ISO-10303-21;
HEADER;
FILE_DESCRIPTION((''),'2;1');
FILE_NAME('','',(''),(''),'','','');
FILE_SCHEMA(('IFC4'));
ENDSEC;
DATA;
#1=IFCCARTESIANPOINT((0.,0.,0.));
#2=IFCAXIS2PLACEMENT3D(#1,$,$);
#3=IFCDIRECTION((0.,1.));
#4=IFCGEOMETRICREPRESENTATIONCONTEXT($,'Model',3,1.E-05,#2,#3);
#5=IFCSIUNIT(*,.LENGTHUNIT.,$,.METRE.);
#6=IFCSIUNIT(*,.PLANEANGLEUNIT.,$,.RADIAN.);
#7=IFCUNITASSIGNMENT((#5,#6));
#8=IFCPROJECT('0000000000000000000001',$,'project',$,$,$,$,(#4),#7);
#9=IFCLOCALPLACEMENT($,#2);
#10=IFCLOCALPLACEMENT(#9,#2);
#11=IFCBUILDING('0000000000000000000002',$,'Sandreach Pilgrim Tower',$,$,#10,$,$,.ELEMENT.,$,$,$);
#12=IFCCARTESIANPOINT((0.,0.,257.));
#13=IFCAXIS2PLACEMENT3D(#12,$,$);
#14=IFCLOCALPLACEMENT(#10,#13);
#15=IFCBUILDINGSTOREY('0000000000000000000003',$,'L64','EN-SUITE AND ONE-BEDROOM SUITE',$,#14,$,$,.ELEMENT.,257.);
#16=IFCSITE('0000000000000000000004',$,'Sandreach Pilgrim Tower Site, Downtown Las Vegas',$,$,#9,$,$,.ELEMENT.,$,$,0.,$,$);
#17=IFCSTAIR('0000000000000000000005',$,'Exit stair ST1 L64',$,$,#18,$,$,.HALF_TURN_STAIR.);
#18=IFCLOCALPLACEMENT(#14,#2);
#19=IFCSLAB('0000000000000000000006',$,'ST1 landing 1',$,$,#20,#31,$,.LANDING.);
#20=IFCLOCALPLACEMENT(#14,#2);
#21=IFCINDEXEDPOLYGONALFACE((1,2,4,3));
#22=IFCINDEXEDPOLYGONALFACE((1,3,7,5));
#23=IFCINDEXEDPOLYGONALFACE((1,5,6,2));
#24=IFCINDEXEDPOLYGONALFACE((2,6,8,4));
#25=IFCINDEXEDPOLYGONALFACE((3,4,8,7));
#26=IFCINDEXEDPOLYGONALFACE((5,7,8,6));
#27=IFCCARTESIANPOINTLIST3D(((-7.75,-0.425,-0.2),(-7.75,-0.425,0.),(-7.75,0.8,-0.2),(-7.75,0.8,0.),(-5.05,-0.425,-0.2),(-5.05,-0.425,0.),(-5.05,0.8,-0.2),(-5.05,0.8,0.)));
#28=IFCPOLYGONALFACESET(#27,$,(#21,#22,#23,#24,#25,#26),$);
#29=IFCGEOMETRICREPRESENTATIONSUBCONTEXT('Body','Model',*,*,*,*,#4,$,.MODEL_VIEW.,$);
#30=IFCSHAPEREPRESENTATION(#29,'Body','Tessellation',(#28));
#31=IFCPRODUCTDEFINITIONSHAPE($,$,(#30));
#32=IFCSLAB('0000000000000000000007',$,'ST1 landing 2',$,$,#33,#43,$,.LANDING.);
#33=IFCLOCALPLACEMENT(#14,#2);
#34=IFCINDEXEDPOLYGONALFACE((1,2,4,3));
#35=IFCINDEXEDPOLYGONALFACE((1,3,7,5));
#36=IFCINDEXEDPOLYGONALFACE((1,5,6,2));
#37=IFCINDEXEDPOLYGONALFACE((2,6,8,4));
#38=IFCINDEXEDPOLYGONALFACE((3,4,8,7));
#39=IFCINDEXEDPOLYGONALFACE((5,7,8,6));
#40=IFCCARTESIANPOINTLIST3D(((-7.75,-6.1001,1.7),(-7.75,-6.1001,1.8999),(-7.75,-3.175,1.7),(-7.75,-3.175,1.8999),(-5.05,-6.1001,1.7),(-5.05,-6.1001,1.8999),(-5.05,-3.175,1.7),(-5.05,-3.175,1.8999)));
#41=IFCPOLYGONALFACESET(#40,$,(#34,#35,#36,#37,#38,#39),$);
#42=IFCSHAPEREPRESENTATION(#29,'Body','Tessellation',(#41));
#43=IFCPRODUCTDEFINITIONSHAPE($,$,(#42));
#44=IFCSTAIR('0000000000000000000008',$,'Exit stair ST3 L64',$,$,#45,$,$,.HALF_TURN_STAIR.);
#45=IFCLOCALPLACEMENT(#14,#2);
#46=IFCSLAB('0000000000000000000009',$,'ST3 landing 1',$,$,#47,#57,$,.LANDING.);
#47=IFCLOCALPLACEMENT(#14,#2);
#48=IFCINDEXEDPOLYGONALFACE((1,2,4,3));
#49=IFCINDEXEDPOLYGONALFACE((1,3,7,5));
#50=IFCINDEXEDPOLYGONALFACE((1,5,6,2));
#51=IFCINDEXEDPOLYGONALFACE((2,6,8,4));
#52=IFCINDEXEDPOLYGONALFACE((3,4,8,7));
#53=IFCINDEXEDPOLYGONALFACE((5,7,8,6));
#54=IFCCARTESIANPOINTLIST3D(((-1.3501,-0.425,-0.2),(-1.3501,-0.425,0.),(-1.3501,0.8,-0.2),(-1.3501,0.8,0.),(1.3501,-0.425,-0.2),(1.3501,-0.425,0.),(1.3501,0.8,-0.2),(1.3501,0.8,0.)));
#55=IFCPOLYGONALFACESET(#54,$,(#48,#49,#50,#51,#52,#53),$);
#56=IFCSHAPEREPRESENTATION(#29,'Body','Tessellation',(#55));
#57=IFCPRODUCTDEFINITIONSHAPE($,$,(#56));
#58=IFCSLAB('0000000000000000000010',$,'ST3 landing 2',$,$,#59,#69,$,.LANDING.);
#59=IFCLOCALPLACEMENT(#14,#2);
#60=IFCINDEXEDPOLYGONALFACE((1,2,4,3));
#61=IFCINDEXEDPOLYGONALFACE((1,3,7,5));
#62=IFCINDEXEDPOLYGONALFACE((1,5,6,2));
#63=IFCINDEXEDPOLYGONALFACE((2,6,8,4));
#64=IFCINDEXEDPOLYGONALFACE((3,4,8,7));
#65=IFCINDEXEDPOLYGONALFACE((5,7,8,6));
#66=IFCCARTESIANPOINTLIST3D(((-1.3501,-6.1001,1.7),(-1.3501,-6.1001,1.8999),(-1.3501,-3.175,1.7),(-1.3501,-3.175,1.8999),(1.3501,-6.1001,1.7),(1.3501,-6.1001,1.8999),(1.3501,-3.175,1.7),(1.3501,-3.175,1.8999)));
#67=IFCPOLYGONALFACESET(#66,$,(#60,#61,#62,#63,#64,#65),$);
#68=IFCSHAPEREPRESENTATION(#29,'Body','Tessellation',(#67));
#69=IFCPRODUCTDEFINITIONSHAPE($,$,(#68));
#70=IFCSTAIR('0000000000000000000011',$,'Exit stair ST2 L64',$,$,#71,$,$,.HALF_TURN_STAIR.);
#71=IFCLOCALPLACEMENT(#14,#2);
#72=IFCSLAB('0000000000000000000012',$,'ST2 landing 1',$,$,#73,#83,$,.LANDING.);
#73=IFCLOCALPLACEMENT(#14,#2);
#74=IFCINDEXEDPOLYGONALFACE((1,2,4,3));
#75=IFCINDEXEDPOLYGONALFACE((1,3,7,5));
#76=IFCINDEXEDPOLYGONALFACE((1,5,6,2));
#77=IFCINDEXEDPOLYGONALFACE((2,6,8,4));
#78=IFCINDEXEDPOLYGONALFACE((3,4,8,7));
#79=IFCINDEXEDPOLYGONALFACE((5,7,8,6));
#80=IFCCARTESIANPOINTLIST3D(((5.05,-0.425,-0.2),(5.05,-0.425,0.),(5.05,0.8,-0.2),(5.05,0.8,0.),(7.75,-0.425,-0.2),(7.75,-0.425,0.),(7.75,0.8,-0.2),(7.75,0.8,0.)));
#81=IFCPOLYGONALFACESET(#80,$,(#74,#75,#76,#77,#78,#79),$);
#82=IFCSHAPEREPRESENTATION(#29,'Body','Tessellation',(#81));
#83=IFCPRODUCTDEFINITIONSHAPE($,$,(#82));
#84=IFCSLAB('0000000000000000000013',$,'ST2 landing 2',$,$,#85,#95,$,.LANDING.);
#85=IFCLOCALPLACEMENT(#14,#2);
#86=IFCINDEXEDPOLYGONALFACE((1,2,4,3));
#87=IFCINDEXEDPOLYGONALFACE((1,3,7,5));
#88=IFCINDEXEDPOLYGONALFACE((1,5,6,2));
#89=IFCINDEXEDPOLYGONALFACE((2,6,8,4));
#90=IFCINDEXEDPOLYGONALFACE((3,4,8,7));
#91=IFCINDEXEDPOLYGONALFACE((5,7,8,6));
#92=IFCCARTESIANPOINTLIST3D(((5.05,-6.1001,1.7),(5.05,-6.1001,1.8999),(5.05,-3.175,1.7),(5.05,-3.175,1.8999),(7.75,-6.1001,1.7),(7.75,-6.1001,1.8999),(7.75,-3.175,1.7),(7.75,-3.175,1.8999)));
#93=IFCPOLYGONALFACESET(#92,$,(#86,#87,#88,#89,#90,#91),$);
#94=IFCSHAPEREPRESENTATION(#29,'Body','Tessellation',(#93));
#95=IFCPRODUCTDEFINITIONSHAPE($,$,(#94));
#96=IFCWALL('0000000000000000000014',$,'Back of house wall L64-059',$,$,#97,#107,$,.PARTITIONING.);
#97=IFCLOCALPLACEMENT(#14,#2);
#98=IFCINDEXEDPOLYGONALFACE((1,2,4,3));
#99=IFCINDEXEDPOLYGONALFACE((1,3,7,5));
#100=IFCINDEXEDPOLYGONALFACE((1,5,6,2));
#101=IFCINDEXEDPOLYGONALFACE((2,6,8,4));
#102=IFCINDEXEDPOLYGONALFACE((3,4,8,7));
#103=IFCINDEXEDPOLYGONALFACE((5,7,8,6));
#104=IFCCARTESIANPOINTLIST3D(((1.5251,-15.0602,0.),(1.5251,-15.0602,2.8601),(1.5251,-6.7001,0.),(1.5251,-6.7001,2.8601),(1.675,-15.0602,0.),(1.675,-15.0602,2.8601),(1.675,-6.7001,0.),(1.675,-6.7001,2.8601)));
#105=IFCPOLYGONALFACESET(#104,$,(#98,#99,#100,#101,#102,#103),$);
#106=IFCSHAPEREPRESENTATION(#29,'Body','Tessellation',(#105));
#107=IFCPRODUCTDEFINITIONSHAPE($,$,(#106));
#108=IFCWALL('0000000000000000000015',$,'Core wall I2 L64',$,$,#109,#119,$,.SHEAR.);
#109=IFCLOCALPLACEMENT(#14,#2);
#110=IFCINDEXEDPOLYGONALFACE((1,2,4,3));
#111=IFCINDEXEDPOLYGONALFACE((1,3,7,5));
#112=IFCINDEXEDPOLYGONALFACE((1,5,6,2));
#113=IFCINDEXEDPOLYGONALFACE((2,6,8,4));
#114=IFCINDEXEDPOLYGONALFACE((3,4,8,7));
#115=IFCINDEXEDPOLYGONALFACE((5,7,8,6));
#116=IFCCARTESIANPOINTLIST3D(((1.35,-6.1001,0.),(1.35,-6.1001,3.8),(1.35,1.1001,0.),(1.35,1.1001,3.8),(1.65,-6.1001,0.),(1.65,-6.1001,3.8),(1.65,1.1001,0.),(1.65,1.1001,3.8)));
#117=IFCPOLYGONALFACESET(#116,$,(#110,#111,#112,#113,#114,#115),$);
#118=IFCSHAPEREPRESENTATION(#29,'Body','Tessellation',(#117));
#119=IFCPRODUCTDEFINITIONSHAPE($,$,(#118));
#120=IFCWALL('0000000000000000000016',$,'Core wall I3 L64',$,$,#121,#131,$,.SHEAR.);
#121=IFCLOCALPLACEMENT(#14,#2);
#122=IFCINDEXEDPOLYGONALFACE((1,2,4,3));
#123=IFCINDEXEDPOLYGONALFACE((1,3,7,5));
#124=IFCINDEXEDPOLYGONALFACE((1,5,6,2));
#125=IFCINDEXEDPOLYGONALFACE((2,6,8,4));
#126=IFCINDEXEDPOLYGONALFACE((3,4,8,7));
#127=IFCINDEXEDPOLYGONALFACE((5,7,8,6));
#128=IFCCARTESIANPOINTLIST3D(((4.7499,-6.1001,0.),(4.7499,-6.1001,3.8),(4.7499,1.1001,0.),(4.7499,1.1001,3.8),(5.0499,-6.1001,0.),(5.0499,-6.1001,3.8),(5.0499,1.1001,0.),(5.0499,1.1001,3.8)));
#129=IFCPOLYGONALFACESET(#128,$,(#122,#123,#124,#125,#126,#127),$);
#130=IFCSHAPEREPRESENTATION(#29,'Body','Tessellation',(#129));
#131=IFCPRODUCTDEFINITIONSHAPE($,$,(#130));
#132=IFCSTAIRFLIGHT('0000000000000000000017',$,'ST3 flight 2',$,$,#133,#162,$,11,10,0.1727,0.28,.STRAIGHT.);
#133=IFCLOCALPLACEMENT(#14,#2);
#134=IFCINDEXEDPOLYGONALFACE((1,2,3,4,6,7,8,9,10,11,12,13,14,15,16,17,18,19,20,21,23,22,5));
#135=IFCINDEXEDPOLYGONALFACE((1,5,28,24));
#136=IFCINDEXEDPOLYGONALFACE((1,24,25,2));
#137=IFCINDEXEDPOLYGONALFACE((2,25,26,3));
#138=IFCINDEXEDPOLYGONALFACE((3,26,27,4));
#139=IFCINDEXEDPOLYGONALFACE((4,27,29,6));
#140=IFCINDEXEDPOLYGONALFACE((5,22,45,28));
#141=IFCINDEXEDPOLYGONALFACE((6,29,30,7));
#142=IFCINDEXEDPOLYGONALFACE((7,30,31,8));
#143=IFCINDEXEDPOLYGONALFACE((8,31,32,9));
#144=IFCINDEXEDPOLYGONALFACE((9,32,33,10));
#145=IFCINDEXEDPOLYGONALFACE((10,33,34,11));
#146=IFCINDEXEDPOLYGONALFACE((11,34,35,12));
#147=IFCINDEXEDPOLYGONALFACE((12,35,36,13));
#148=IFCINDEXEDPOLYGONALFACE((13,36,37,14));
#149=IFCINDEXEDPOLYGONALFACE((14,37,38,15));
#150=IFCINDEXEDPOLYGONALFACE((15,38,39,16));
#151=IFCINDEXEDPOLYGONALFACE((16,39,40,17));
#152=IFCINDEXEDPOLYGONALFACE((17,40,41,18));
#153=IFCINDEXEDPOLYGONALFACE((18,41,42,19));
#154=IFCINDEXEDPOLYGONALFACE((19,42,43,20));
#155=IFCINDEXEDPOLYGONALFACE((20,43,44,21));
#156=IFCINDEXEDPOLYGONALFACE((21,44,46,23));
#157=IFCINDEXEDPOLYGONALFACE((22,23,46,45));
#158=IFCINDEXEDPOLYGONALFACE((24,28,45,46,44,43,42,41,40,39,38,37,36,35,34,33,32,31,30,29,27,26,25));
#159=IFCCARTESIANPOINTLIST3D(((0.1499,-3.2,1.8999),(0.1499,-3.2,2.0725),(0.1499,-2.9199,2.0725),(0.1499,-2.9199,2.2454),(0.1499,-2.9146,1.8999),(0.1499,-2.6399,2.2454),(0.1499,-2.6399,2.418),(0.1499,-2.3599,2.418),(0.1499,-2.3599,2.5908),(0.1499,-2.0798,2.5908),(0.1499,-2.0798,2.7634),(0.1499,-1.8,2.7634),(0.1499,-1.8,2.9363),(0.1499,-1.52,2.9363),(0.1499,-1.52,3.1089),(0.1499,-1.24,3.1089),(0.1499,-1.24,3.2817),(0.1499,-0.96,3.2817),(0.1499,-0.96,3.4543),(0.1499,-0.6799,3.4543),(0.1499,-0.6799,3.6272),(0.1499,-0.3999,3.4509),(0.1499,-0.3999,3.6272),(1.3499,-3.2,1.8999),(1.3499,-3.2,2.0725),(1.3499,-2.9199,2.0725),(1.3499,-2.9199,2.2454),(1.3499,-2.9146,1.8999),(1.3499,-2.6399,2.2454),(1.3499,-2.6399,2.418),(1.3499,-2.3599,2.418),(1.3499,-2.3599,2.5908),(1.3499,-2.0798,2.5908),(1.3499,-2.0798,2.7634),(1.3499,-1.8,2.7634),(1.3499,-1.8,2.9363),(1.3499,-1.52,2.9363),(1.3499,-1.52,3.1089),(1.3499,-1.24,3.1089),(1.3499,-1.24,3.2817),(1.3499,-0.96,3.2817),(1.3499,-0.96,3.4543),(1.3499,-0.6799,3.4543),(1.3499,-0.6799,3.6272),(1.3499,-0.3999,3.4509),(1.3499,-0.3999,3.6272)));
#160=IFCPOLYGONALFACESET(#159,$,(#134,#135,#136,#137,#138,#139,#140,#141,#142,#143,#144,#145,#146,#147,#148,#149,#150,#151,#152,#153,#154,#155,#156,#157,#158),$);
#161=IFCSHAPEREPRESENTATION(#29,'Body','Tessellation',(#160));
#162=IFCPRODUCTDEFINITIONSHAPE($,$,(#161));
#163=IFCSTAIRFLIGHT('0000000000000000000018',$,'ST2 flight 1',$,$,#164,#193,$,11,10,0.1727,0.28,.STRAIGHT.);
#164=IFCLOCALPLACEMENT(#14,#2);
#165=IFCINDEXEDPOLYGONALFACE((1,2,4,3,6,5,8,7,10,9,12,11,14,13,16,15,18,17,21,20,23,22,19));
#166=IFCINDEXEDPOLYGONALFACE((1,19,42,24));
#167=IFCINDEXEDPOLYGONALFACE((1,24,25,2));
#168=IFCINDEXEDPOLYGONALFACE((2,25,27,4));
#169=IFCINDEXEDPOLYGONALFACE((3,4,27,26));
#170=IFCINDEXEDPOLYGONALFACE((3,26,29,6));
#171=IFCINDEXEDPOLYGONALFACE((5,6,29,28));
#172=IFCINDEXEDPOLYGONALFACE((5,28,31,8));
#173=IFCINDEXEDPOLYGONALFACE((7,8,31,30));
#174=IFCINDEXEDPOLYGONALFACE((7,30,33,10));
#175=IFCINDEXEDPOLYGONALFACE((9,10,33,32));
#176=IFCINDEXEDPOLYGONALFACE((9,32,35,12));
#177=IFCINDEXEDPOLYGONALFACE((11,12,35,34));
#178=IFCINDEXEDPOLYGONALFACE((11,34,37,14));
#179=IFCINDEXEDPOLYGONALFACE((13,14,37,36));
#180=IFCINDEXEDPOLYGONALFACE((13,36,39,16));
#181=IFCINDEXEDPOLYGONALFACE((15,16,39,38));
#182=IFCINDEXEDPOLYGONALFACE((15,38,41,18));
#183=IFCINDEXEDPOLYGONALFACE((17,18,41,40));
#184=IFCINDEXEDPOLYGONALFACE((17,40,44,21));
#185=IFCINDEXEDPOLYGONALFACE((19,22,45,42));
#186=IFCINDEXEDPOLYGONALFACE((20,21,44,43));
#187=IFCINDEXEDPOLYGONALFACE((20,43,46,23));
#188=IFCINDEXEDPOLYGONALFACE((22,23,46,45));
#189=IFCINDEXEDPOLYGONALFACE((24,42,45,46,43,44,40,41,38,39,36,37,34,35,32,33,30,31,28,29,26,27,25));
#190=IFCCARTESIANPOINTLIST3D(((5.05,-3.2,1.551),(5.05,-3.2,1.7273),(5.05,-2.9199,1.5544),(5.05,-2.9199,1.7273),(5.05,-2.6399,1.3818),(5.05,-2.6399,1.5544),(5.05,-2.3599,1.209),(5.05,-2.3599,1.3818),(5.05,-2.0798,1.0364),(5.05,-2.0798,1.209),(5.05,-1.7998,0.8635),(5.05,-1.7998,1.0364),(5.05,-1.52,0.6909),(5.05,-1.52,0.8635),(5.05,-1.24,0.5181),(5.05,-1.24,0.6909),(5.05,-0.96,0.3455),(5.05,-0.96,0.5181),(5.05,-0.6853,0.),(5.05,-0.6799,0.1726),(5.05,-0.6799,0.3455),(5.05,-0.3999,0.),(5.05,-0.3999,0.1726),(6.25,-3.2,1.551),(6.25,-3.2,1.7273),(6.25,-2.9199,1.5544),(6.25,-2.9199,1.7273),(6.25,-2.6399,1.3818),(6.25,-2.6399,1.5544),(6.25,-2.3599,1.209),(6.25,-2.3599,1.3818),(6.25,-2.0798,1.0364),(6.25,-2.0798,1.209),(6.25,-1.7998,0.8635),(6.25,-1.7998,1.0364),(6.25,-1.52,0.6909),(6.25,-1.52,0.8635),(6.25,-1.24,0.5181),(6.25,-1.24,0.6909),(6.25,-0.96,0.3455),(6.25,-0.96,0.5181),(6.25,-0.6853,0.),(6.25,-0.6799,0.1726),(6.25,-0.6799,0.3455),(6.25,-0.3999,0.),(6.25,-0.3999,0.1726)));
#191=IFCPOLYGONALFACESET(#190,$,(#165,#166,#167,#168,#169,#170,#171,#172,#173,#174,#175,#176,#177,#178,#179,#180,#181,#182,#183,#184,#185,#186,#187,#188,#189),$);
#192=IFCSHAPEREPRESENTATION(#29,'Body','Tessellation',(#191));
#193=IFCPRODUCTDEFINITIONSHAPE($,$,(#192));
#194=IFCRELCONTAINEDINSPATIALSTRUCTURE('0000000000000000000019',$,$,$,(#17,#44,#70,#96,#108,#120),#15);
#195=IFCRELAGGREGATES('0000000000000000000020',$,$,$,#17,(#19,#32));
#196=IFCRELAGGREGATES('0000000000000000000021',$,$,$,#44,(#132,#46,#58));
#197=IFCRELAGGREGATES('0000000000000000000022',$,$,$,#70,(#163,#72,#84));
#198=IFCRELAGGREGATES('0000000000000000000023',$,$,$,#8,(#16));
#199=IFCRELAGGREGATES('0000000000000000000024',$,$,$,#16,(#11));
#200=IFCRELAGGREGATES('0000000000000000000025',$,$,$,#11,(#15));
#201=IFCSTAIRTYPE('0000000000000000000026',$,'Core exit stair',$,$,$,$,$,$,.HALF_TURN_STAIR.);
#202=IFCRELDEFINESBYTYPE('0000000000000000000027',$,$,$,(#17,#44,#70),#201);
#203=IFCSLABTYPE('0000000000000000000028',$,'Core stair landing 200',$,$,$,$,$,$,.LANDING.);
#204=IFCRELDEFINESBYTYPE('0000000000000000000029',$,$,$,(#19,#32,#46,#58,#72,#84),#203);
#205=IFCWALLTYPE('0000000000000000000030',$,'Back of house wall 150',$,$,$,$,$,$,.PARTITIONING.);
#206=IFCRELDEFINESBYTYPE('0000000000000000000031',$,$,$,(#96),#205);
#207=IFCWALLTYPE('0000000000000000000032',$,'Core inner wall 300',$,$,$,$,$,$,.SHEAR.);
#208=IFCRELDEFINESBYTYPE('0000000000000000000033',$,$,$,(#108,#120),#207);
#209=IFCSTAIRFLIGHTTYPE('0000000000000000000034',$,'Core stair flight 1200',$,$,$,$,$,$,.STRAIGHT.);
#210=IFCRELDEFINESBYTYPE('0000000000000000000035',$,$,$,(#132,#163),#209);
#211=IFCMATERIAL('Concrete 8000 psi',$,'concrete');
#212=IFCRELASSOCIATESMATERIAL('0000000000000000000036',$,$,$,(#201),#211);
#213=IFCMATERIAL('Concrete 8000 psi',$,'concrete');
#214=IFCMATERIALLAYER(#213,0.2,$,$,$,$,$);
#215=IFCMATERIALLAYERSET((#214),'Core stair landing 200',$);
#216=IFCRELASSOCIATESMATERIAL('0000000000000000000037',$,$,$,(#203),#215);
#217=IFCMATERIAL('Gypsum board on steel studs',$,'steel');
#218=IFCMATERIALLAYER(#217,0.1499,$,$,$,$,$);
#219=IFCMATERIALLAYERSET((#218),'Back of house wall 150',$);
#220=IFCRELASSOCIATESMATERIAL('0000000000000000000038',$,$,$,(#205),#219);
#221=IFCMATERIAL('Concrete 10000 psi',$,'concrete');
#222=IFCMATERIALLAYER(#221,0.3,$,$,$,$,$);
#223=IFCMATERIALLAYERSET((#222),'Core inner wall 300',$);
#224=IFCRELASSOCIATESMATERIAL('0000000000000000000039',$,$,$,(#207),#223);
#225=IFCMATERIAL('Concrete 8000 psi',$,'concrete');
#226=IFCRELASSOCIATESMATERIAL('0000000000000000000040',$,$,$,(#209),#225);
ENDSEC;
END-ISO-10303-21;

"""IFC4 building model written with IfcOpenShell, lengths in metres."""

from ifc_helpers import new_model, si_unit, direction, frame, frame_2d, origin, place, context, subcontext, project, spatial, polyline, rectangle, outline, extrude, material, layer, layer_set, type_object, element, aggregate, save


model = new_model("IFC4")

# Units and contexts
model_context = context("Model", 3, precision=1e-05, world=origin(), true_north=direction((0.0, 1.0)))
body_context = subcontext(model_context, "Body", "Model", "MODEL_VIEW")
ifc_project = project(units=[si_unit("LENGTHUNIT", "METRE"), si_unit("PLANEANGLEUNIT", "RADIAN")], contexts=[model_context])

# Site, building, storey
site_placement = place(None, origin())
site = spatial("IfcSite", under=ifc_project, at=site_placement, Name="Sandreach Pilgrim Tower Site, Downtown Las Vegas", CompositionType="ELEMENT", RefElevation=0.0)
building_placement = place(site_placement, origin())
building = spatial("IfcBuilding", under=site, at=building_placement, Name="Sandreach Pilgrim Tower", CompositionType="ELEMENT")
storey_placement = place(building_placement, frame((0.0, 0.0, 257.0)))
storey = spatial("IfcBuildingStorey", under=building, at=storey_placement, Name="L64", Description="EN-SUITE AND ONE-BEDROOM SUITE", CompositionType="ELEMENT", Elevation=257.0)

# Stairs, slabs
ifc_material_1 = material(Name="Concrete 8000 psi", Category="concrete")
stair_type = type_object("IfcStairType", Name="Core exit stair", PredefinedType="HALF_TURN_STAIR", material=ifc_material_1)
stair_1_placement = place(storey_placement, origin())
stair_1 = element("IfcStair", 1, at=stair_1_placement, inside=storey, type_object=stair_type, Name="Exit stair ST1 L64", PredefinedType="HALF_TURN_STAIR")
ifc_material_2 = material(Name="Concrete 8000 psi", Category="concrete")
ifc_layer_1 = layer(ifc_material_2, 0.2)
ifc_layer_set_1 = layer_set([ifc_layer_1], Name="Core stair landing 200")
slab_type = type_object("IfcSlabType", Name="Core stair landing 200", PredefinedType="LANDING", material=ifc_layer_set_1)
slab_1_placement = place(storey_placement, frame((0.0, 0.0, -0.2)))
slab_1 = element("IfcSlab", 2, at=slab_1_placement, type_object=slab_type, Name="ST1 landing 1", PredefinedType="LANDING", context=body_context, shape_type="SweptSolid", body=[
    extrude(outline(polyline([(-7.75, -0.425), (-5.05, -0.425), (-5.05, 0.8), (-7.75, 0.8), (-7.75, -0.425)])), origin(), (0.0, 0.0, 1.0), 0.2),
])
slab_2_placement = place(storey_placement, frame((0.0, 0.0, 1.7)))
slab_2 = element("IfcSlab", 3, at=slab_2_placement, type_object=slab_type, Name="ST1 landing 2", PredefinedType="LANDING", context=body_context, shape_type="SweptSolid", body=[
    extrude(outline(polyline([(-7.75, -6.1001), (-5.05, -6.1001), (-5.05, -3.175), (-7.75, -3.175), (-7.75, -6.1001)])), origin(), (0.0, 0.0, 1.0), 0.2),
])
aggregate(stair_1, [slab_1, slab_2])
stair_2_placement = place(storey_placement, origin())
stair_2 = element("IfcStair", 4, at=stair_2_placement, inside=storey, type_object=stair_type, Name="Exit stair ST3 L64", PredefinedType="HALF_TURN_STAIR")
slab_3_placement = place(storey_placement, frame((0.0, 0.0, -0.2)))
slab_3 = element("IfcSlab", 5, at=slab_3_placement, type_object=slab_type, Name="ST3 landing 1", PredefinedType="LANDING", context=body_context, shape_type="SweptSolid", body=[
    extrude(outline(polyline([(-1.3501, -0.425), (1.3501, -0.425), (1.3501, 0.8), (-1.3501, 0.8), (-1.3501, -0.425)])), origin(), (0.0, 0.0, 1.0), 0.2),
])
slab_4_placement = place(storey_placement, frame((0.0, 0.0, 1.7)))
slab_4 = element("IfcSlab", 6, at=slab_4_placement, type_object=slab_type, Name="ST3 landing 2", PredefinedType="LANDING", context=body_context, shape_type="SweptSolid", body=[
    extrude(outline(polyline([(-1.3501, -6.1001), (1.3501, -6.1001), (1.3501, -3.175), (-1.3501, -3.175), (-1.3501, -6.1001)])), origin(), (0.0, 0.0, 1.0), 0.2),
])
stair_3_placement = place(storey_placement, origin())
stair_3 = element("IfcStair", 7, at=stair_3_placement, inside=storey, type_object=stair_type, Name="Exit stair ST2 L64", PredefinedType="HALF_TURN_STAIR")
slab_5_placement = place(storey_placement, frame((0.0, 0.0, -0.2)))
slab_5 = element("IfcSlab", 8, at=slab_5_placement, type_object=slab_type, Name="ST2 landing 1", PredefinedType="LANDING", context=body_context, shape_type="SweptSolid", body=[
    extrude(outline(polyline([(5.05, -0.425), (7.75, -0.425), (7.75, 0.8), (5.05, 0.8), (5.05, -0.425)])), origin(), (0.0, 0.0, 1.0), 0.2),
])
slab_6_placement = place(storey_placement, frame((0.0, 0.0, 1.7)))
slab_6 = element("IfcSlab", 9, at=slab_6_placement, type_object=slab_type, Name="ST2 landing 2", PredefinedType="LANDING", context=body_context, shape_type="SweptSolid", body=[
    extrude(outline(polyline([(5.05, -6.1001), (7.75, -6.1001), (7.75, -3.175), (5.05, -3.175), (5.05, -6.1001)])), origin(), (0.0, 0.0, 1.0), 0.2),
])

# Walls
ifc_material_3 = material(Name="Gypsum board on steel studs", Category="steel")
ifc_layer_2 = layer(ifc_material_3, 0.1499)
ifc_layer_set_2 = layer_set([ifc_layer_2], Name="Back of house wall 150")
wall_type_1 = type_object("IfcWallType", Name="Back of house wall 150", PredefinedType="PARTITIONING", material=ifc_layer_set_2)
wall_1_placement = place(storey_placement, frame((1.6001, -6.7, 0.0), z_axis=(0.0, 0.0, 1.0), x_axis=(0.0, -1.0, 0.0)))
element("IfcWall", 10, at=wall_1_placement, inside=storey, type_object=wall_type_1, Name="Back of house wall L64-059", PredefinedType="PARTITIONING", context=body_context, shape_type="SweptSolid", body=[
    extrude(rectangle(XDim=8.3601, YDim=0.1499, at=frame_2d((4.1802, 0.0))), origin(), (0.0, 0.0, 1.0), 2.8601),
])
ifc_material_4 = material(Name="Concrete 10000 psi", Category="concrete")
ifc_layer_3 = layer(ifc_material_4, 0.3)
ifc_layer_set_3 = layer_set([ifc_layer_3], Name="Core inner wall 300")
wall_type_2 = type_object("IfcWallType", Name="Core inner wall 300", PredefinedType="SHEAR", material=ifc_layer_set_3)
for number, where, z_axis, x_axis, name in (
    (11, (1.5, -6.1001, 0.0), (0.0, 0.0, 1.0), (0.0, 1.0, 0.0), "Core wall I2 L64"),
    (12, (4.8999, -6.1001, 0.0), (0.0, 0.0, 1.0), (0.0, 1.0, 0.0), "Core wall I3 L64"),
):
    element("IfcWall", number, at=place(storey_placement, frame(where, z_axis=z_axis, x_axis=x_axis)), inside=storey, type_object=wall_type_2, Name=name, PredefinedType="SHEAR", context=body_context, shape_type="SweptSolid", body=[
        extrude(rectangle(XDim=7.2002, YDim=0.3, at=frame_2d((3.6001, 0.0))), origin(), (0.0, 0.0, 1.0), 3.8),
    ])

# Stair flights
ifc_material_5 = material(Name="Concrete 8000 psi", Category="concrete")
stair_flight_type = type_object("IfcStairFlightType", Name="Core stair flight 1200", PredefinedType="STRAIGHT", material=ifc_material_5)
stair_flight_1_placement = place(storey_placement, frame((0.75, -3.2, 1.8999), z_axis=(0.0, 0.0, 1.0), x_axis=(0.0, 1.0, 0.0)))
stair_flight_1 = element("IfcStairFlight", 13, at=stair_flight_1_placement, type_object=stair_flight_type, Name="ST3 flight 2", NumberOfRisers=11, NumberOfTreads=10, PredefinedType="STRAIGHT", RiserHeight=0.1727, TreadLength=0.28, context=body_context, shape_type="SweptSolid", body=[
    extrude(outline(polyline([(0.0, 0.0), (0.0, 0.1726), (0.28, 0.1726), (0.28, 0.3455), (0.5601, 0.3455), (0.5601, 0.5181), (0.8401, 0.5181), (0.8401, 0.6909), (1.1201, 0.6909), (1.1201, 0.8635), (1.3999, 0.8635), (1.3999, 1.0364), (1.6799, 1.0364), (1.6799, 1.209), (1.96, 1.209), (1.96, 1.3818), (2.24, 1.3818), (2.24, 1.5544), (2.52, 1.5544), (2.52, 1.7273), (2.8, 1.7273), (2.8, 1.8999), (2.8, 1.551), (0.2854, 0.0), (0.0, 0.0)])), frame((0.0, 0.6001, 0.0), z_axis=(0.0, -1.0, 0.0), x_axis=(1.0, 0.0, 0.0)), (0.0, 0.0, 1.0), 1.2),
])
aggregate(stair_2, [stair_flight_1, slab_3, slab_4])
stair_flight_2_placement = place(storey_placement, frame((5.6499, -0.3999, 0.0), z_axis=(0.0, 0.0, 1.0), x_axis=(0.0, -1.0, 0.0)))
stair_flight_2 = element("IfcStairFlight", 14, at=stair_flight_2_placement, type_object=stair_flight_type, Name="ST2 flight 1", NumberOfRisers=11, NumberOfTreads=10, PredefinedType="STRAIGHT", RiserHeight=0.1727, TreadLength=0.28, context=body_context, shape_type="SweptSolid", body=[
    extrude(outline(polyline([(0.0, 0.0), (0.0, 0.1726), (0.28, 0.1726), (0.28, 0.3455), (0.5601, 0.3455), (0.5601, 0.5181), (0.8401, 0.5181), (0.8401, 0.6909), (1.1201, 0.6909), (1.1201, 0.8635), (1.3999, 0.8635), (1.3999, 1.0364), (1.6799, 1.0364), (1.6799, 1.209), (1.96, 1.209), (1.96, 1.3818), (2.24, 1.3818), (2.24, 1.5544), (2.52, 1.5544), (2.52, 1.7273), (2.8, 1.7273), (2.8, 1.8999), (2.8, 1.551), (0.2854, 0.0), (0.0, 0.0)])), frame((0.0, 0.6001, 0.0), z_axis=(0.0, -1.0, 0.0), x_axis=(1.0, 0.0, 0.0)), (0.0, 0.0, 1.0), 1.2),
])
aggregate(stair_3, [stair_flight_2, slab_5, slab_6])

save(model, "model.ifc")
